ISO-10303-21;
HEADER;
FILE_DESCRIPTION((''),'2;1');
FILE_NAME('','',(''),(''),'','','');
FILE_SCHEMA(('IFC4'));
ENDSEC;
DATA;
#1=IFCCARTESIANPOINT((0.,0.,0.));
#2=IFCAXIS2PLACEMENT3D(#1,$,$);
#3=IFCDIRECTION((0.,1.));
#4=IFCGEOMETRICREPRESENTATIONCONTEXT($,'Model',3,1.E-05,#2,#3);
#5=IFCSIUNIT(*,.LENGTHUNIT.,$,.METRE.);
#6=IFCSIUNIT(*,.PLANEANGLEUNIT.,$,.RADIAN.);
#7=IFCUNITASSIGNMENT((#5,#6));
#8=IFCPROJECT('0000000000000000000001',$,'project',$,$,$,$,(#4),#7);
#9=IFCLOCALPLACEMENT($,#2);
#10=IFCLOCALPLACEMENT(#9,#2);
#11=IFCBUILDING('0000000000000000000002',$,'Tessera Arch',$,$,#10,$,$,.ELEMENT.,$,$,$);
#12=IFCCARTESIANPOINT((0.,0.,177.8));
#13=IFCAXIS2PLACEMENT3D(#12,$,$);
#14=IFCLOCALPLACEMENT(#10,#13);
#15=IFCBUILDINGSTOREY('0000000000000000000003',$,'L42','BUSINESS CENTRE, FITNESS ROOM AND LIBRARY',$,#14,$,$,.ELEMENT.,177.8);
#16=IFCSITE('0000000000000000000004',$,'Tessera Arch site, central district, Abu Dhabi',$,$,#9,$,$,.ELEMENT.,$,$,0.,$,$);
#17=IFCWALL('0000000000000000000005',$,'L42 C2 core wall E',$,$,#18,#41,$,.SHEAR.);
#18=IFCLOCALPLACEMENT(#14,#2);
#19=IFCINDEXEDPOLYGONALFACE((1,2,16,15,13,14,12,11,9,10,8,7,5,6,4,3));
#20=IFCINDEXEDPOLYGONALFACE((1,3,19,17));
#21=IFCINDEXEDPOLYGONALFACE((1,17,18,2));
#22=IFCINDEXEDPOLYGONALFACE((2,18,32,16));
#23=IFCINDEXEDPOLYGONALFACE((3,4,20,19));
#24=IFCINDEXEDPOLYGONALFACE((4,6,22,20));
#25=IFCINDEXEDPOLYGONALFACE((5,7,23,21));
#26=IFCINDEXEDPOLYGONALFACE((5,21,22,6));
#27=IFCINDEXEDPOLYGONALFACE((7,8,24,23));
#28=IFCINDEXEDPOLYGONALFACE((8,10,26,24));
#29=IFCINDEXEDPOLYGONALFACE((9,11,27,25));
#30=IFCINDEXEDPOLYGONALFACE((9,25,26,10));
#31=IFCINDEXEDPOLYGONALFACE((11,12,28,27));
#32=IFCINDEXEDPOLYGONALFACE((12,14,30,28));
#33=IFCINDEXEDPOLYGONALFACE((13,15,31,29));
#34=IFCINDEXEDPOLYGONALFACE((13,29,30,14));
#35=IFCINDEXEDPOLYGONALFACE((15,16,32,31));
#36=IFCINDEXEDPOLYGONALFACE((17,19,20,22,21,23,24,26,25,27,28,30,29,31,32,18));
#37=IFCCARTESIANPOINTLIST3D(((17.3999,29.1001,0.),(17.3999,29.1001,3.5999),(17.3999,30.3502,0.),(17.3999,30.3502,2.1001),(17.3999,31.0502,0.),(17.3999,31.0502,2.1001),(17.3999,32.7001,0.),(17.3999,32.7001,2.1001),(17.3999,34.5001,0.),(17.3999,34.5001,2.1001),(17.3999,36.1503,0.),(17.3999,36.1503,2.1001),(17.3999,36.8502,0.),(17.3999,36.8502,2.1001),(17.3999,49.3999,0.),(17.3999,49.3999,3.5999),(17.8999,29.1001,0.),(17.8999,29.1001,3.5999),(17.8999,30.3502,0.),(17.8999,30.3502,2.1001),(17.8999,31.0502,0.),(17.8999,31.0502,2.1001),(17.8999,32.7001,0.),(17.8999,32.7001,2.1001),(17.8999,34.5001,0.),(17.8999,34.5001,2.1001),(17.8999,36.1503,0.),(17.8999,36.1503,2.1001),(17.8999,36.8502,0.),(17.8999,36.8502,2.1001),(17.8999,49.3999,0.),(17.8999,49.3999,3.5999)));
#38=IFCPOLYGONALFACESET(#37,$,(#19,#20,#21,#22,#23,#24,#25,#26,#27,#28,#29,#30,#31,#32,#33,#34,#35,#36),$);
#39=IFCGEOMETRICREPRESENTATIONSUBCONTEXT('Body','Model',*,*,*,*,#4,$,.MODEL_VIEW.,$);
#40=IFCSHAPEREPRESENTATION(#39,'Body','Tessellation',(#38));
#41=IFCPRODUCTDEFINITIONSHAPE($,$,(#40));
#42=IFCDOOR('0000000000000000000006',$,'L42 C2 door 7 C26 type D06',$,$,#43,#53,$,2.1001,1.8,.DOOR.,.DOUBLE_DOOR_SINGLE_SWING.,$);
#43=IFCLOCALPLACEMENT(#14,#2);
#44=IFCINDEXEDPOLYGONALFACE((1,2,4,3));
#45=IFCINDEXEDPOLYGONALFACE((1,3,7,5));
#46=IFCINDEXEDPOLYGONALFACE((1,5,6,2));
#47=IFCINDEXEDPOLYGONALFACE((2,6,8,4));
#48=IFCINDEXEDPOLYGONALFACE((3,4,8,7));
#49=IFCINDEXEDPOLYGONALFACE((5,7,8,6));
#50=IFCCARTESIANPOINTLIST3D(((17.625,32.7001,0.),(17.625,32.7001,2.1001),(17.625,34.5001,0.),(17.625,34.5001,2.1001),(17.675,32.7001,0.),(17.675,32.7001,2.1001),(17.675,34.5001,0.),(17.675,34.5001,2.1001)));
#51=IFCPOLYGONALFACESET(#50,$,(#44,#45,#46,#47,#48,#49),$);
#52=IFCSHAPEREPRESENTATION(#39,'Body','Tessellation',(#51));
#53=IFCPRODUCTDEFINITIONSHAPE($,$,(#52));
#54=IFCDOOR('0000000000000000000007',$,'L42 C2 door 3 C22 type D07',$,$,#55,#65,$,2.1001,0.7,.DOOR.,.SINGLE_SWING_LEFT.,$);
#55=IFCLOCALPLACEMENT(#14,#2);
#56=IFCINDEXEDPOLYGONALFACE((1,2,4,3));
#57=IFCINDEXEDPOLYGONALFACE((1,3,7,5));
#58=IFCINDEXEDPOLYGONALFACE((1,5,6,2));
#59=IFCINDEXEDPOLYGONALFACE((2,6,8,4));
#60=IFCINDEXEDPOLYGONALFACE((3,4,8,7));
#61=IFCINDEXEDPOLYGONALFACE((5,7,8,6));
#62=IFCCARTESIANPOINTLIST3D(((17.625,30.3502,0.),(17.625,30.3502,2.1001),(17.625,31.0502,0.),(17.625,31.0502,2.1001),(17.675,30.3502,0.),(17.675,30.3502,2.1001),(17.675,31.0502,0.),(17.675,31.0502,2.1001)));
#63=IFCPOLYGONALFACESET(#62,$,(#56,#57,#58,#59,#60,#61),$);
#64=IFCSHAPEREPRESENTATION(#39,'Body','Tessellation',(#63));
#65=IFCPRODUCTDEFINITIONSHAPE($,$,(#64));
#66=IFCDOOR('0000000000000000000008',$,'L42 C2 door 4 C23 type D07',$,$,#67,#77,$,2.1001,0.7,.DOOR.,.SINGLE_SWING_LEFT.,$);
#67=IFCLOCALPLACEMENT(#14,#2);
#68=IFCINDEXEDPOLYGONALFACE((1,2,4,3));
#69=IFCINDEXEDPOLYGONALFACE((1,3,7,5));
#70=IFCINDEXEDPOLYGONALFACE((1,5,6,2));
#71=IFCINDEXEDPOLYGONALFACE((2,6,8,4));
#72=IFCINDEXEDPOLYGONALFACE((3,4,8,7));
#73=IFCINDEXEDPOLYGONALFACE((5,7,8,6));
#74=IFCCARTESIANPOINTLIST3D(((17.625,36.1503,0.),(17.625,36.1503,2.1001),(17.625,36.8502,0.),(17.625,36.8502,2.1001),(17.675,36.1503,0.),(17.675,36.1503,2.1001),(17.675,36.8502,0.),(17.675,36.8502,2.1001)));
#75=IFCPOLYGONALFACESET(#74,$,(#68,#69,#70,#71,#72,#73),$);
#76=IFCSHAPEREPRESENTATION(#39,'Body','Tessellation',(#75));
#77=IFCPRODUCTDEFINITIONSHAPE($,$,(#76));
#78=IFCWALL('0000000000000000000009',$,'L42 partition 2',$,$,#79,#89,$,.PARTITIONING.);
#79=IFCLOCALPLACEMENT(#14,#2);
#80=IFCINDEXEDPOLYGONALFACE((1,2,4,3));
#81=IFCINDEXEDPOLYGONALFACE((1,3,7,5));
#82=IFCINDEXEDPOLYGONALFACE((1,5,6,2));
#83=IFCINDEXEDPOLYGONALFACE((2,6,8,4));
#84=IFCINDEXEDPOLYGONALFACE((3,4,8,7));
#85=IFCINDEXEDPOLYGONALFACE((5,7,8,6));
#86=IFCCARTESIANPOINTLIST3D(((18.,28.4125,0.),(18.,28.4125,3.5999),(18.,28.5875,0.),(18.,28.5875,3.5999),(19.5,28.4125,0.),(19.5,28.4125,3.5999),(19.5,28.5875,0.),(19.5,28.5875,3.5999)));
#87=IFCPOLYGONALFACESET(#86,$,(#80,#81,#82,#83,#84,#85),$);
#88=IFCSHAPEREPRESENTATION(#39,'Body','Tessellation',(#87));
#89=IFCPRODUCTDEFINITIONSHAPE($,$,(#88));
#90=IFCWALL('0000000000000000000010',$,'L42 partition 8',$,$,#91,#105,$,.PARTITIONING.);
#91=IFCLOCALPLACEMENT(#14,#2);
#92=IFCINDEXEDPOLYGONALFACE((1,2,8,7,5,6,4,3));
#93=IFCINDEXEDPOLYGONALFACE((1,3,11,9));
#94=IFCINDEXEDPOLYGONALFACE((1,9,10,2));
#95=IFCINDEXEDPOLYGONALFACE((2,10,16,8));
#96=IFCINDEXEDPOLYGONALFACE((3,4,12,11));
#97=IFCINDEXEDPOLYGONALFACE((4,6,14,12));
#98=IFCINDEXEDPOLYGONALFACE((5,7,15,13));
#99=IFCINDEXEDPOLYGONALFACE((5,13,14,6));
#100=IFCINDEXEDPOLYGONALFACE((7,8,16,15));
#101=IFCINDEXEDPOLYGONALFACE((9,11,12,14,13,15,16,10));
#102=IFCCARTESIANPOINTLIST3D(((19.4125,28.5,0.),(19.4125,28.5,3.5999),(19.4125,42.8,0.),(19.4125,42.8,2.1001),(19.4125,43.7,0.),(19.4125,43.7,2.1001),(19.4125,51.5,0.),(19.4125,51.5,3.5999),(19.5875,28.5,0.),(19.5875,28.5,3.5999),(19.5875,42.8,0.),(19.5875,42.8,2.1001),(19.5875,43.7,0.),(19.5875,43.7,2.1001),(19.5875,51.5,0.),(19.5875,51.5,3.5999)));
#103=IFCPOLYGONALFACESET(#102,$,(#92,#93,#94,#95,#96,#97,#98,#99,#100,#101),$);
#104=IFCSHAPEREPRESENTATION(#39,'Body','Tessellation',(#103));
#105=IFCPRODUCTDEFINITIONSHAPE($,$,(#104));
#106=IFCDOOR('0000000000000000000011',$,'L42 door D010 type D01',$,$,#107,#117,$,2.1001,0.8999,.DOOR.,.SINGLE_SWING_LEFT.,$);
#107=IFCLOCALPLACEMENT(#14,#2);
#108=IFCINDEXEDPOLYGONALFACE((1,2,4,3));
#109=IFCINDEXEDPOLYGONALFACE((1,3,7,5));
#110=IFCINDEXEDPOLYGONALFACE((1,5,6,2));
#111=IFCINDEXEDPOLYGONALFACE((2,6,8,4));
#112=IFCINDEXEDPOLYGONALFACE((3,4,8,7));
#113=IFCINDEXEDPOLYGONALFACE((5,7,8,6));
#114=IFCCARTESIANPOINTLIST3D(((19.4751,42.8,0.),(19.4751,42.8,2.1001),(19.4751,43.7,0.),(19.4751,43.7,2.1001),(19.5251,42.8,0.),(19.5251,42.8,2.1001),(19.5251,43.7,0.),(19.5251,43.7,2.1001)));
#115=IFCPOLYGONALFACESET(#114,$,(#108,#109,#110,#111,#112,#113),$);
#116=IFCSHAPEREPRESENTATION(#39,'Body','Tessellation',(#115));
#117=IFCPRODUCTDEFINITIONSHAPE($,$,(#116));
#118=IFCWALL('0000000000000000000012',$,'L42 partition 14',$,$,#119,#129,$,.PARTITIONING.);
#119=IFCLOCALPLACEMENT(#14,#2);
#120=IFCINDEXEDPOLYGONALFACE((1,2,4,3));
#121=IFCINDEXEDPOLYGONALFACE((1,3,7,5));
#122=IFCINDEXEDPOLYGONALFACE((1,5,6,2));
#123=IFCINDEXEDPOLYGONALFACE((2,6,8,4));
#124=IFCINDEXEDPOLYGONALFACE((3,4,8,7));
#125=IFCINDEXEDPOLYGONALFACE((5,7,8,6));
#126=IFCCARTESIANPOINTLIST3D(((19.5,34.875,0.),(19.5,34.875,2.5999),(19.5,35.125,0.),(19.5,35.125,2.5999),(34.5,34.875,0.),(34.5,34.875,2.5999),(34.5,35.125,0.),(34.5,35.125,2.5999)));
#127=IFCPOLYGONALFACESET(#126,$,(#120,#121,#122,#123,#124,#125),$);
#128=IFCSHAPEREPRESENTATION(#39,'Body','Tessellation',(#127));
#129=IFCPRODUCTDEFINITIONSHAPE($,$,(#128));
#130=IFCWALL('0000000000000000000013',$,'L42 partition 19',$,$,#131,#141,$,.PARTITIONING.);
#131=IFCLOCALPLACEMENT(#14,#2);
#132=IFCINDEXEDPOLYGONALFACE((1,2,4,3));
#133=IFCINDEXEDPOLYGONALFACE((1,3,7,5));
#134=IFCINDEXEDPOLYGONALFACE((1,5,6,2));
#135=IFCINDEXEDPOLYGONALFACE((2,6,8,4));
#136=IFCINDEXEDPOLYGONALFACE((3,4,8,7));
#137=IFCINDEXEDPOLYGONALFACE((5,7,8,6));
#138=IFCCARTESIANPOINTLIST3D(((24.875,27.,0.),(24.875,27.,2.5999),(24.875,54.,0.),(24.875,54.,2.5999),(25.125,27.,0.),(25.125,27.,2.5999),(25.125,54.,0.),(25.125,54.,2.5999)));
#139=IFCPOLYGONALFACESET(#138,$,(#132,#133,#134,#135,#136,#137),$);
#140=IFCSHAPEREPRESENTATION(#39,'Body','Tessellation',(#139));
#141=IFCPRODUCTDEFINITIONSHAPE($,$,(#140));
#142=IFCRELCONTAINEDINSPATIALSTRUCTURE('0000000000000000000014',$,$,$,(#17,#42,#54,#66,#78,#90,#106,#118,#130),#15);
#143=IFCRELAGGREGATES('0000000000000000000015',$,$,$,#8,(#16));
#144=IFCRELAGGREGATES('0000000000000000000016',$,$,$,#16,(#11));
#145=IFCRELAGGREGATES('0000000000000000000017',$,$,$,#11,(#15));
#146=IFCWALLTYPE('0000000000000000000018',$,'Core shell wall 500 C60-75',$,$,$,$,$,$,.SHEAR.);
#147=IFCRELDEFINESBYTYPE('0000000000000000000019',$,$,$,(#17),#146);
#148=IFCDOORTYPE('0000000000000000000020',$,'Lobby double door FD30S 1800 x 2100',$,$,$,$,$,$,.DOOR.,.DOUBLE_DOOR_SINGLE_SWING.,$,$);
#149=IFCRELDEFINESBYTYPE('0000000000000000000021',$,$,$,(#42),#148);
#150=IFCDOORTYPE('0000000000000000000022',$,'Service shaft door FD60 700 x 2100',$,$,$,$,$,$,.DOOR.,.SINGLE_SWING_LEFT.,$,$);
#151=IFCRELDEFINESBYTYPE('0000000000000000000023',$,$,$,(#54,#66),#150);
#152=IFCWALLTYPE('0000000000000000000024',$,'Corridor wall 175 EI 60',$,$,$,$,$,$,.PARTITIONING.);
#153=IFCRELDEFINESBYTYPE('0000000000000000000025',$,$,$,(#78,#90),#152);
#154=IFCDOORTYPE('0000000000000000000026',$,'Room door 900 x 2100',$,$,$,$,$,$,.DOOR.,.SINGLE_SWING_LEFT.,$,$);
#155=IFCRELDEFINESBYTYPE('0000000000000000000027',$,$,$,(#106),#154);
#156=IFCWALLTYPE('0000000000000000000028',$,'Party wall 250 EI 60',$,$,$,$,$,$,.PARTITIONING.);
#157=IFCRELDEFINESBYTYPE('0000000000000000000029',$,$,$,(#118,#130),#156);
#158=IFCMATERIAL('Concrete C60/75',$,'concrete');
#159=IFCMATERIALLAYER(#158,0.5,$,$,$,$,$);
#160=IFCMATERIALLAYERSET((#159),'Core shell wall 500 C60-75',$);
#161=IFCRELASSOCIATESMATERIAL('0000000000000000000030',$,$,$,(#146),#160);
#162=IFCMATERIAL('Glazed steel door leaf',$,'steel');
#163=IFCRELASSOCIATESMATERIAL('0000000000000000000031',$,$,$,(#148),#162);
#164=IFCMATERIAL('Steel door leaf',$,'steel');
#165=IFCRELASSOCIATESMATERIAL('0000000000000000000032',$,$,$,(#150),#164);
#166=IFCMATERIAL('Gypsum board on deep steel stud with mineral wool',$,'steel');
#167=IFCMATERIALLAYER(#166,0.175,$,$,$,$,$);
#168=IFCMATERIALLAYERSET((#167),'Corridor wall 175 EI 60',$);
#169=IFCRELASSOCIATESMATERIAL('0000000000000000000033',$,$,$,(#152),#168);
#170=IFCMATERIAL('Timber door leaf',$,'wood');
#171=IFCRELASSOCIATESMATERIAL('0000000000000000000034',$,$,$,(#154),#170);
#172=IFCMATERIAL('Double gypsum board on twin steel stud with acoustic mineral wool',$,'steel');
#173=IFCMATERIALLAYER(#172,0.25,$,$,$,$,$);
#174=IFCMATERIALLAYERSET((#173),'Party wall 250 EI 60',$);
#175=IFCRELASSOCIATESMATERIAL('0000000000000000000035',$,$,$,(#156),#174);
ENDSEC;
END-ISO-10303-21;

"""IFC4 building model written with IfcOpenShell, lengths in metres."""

from ifc_helpers import new_model, si_unit, direction, frame, frame_2d, origin, place, context, subcontext, project, spatial, rectangle, extrude, material, layer, layer_set, type_object, element, fill, save


model = new_model("IFC4")

# Units and contexts
model_context = context("Model", 3, precision=1e-05, world=origin(), true_north=direction((0.0, 1.0)))
body_context = subcontext(model_context, "Body", "Model", "MODEL_VIEW")
ifc_project = project(units=[si_unit("LENGTHUNIT", "METRE"), si_unit("PLANEANGLEUNIT", "RADIAN")], contexts=[model_context])

# Site, building, storey
site_placement = place(None, origin())
site = spatial("IfcSite", under=ifc_project, at=site_placement, Name="Tessera Arch site, central district, Abu Dhabi", CompositionType="ELEMENT", RefElevation=0.0)
building_placement = place(site_placement, origin())
building = spatial("IfcBuilding", under=site, at=building_placement, Name="Tessera Arch", CompositionType="ELEMENT")
storey_placement = place(building_placement, frame((0.0, 0.0, 177.8)))
storey = spatial("IfcBuildingStorey", under=building, at=storey_placement, Name="L42", Description="BUSINESS CENTRE, FITNESS ROOM AND LIBRARY", CompositionType="ELEMENT", Elevation=177.8)

# Wall, openings, doors
ifc_material_1 = material(Name="Concrete C60/75", Category="concrete")
ifc_layer_1 = layer(ifc_material_1, 0.5)
ifc_layer_set_1 = layer_set([ifc_layer_1], Name="Core shell wall 500 C60-75")
wall_type_1 = type_object("IfcWallType", Name="Core shell wall 500 C60-75", PredefinedType="SHEAR", material=ifc_layer_set_1)
wall_1_placement = place(storey_placement, frame((17.6499, 29.1001, 0.0), z_axis=(0.0, 0.0, 1.0), x_axis=(0.0, 1.0, 0.0)))
wall_1 = element("IfcWall", 1, at=wall_1_placement, inside=storey, type_object=wall_type_1, Name="L42 C2 core wall E", PredefinedType="SHEAR", context=body_context, shape_type="SweptSolid", body=[
    extrude(rectangle(XDim=20.2998, YDim=0.5, at=frame_2d((10.1499, 0.0))), origin(), (0.0, 0.0, 1.0), 3.5999),
])
opening_1_placement = place(wall_1_placement, frame((1.25, 0.0, 0.0)))
opening_1 = element("IfcOpeningElement", 2, at=opening_1_placement, cuts=wall_1, PredefinedType="OPENING", context=body_context, shape_type="SweptSolid", body=[
    extrude(rectangle(XDim=0.7, YDim=2.1001, at=frame_2d((0.3501, 1.05))), frame((0.0, 0.26, 0.0), z_axis=(0.0, -1.0, 0.0), x_axis=(1.0, 0.0, 0.0)), (0.0, 0.0, 1.0), 0.52),
])
opening_2_placement = place(wall_1_placement, frame((7.05, 0.0, 0.0)))
opening_2 = element("IfcOpeningElement", 3, at=opening_2_placement, cuts=wall_1, PredefinedType="OPENING", context=body_context, shape_type="SweptSolid", body=[
    extrude(rectangle(XDim=0.7, YDim=2.1001, at=frame_2d((0.3501, 1.05))), frame((0.0, 0.26, 0.0), z_axis=(0.0, -1.0, 0.0), x_axis=(1.0, 0.0, 0.0)), (0.0, 0.0, 1.0), 0.52),
])
opening_3_placement = place(wall_1_placement, frame((3.6001, 0.0, 0.0)))
opening_3 = element("IfcOpeningElement", 4, at=opening_3_placement, cuts=wall_1, PredefinedType="OPENING", context=body_context, shape_type="SweptSolid", body=[
    extrude(rectangle(XDim=1.8, YDim=2.1001, at=frame_2d((0.8999, 1.05))), frame((0.0, 0.26, 0.0), z_axis=(0.0, -1.0, 0.0), x_axis=(1.0, 0.0, 0.0)), (0.0, 0.0, 1.0), 0.52),
])
ifc_material_2 = material(Name="Glazed steel door leaf", Category="steel")
door_type_1 = type_object("IfcDoorType", Name="Lobby double door FD30S 1800 x 2100", OperationType="DOUBLE_DOOR_SINGLE_SWING", PredefinedType="DOOR", material=ifc_material_2)
door_1_placement = place(opening_3_placement, origin())
door_1 = element("IfcDoor", 5, at=door_1_placement, inside=storey, type_object=door_type_1, Name="L42 C2 door 7 C26 type D06", OperationType="DOUBLE_DOOR_SINGLE_SWING", OverallHeight=2.1001, OverallWidth=1.8, PredefinedType="DOOR", context=body_context, shape_type="SweptSolid", body=[
    extrude(rectangle(XDim=1.8, YDim=2.1001, at=frame_2d((0.8999, 1.05))), frame((0.0, 0.0249, 0.0), z_axis=(0.0, -1.0, 0.0), x_axis=(1.0, 0.0, 0.0)), (0.0, 0.0, 1.0), 0.05),
])
fill(opening_3, door_1)
ifc_material_3 = material(Name="Steel door leaf", Category="steel")
door_type_2 = type_object("IfcDoorType", Name="Service shaft door FD60 700 x 2100", OperationType="SINGLE_SWING_LEFT", PredefinedType="DOOR", material=ifc_material_3)
door_2_placement = place(opening_1_placement, origin())
door_2 = element("IfcDoor", 6, at=door_2_placement, inside=storey, type_object=door_type_2, Name="L42 C2 door 3 C22 type D07", OperationType="SINGLE_SWING_LEFT", OverallHeight=2.1001, OverallWidth=0.7, PredefinedType="DOOR", context=body_context, shape_type="SweptSolid", body=[
    extrude(rectangle(XDim=0.7, YDim=2.1001, at=frame_2d((0.3501, 1.05))), frame((0.0, 0.0249, 0.0), z_axis=(0.0, -1.0, 0.0), x_axis=(1.0, 0.0, 0.0)), (0.0, 0.0, 1.0), 0.05),
])
fill(opening_1, door_2)
door_3_placement = place(opening_2_placement, origin())
door_3 = element("IfcDoor", 7, at=door_3_placement, inside=storey, type_object=door_type_2, Name="L42 C2 door 4 C23 type D07", OperationType="SINGLE_SWING_LEFT", OverallHeight=2.1001, OverallWidth=0.7, PredefinedType="DOOR", context=body_context, shape_type="SweptSolid", body=[
    extrude(rectangle(XDim=0.7, YDim=2.1001, at=frame_2d((0.3501, 1.05))), frame((0.0, 0.0249, 0.0), z_axis=(0.0, -1.0, 0.0), x_axis=(1.0, 0.0, 0.0)), (0.0, 0.0, 1.0), 0.05),
])
fill(opening_2, door_3)

# Wall
ifc_material_4 = material(Name="Gypsum board on deep steel stud with mineral wool", Category="steel")
ifc_layer_2 = layer(ifc_material_4, 0.175)
ifc_layer_set_2 = layer_set([ifc_layer_2], Name="Corridor wall 175 EI 60")
wall_type_2 = type_object("IfcWallType", Name="Corridor wall 175 EI 60", PredefinedType="PARTITIONING", material=ifc_layer_set_2)
wall_2_placement = place(storey_placement, frame((18.0, 28.5, 0.0), z_axis=(0.0, 0.0, 1.0), x_axis=(1.0, 0.0, 0.0)))
element("IfcWall", 8, at=wall_2_placement, inside=storey, type_object=wall_type_2, Name="L42 partition 2", PredefinedType="PARTITIONING", context=body_context, shape_type="SweptSolid", body=[
    extrude(rectangle(XDim=1.5, YDim=0.175, at=frame_2d((0.75, 0.0))), origin(), (0.0, 0.0, 1.0), 3.5999),
])

# Wall, opening, door
wall_3_placement = place(storey_placement, frame((19.5, 28.5, 0.0), z_axis=(0.0, 0.0, 1.0), x_axis=(0.0, 1.0, 0.0)))
wall_3 = element("IfcWall", 9, at=wall_3_placement, inside=storey, type_object=wall_type_2, Name="L42 partition 8", PredefinedType="PARTITIONING", context=body_context, shape_type="SweptSolid", body=[
    extrude(rectangle(XDim=23.0, YDim=0.175, at=frame_2d((11.5, 0.0))), origin(), (0.0, 0.0, 1.0), 3.5999),
])
opening_4_placement = place(wall_3_placement, frame((14.3, 0.0, 0.0)))
opening_4 = element("IfcOpeningElement", 10, at=opening_4_placement, cuts=wall_3, PredefinedType="OPENING", context=body_context, shape_type="SweptSolid", body=[
    extrude(rectangle(XDim=0.8999, YDim=2.1001, at=frame_2d((0.45, 1.05))), frame((0.0, 0.0974, 0.0), z_axis=(0.0, -1.0, 0.0), x_axis=(1.0, 0.0, 0.0)), (0.0, 0.0, 1.0), 0.1951),
])
ifc_material_5 = material(Name="Timber door leaf", Category="wood")
door_type_3 = type_object("IfcDoorType", Name="Room door 900 x 2100", OperationType="SINGLE_SWING_LEFT", PredefinedType="DOOR", material=ifc_material_5)
door_4_placement = place(opening_4_placement, origin())
door_4 = element("IfcDoor", 11, at=door_4_placement, inside=storey, type_object=door_type_3, Name="L42 door D010 type D01", OperationType="SINGLE_SWING_LEFT", OverallHeight=2.1001, OverallWidth=0.8999, PredefinedType="DOOR", context=body_context, shape_type="SweptSolid", body=[
    extrude(rectangle(XDim=0.8999, YDim=2.1001, at=frame_2d((0.45, 1.05))), frame((0.0, 0.0249, 0.0), z_axis=(0.0, -1.0, 0.0), x_axis=(1.0, 0.0, 0.0)), (0.0, 0.0, 1.0), 0.05),
])
fill(opening_4, door_4)

# Walls
ifc_material_6 = material(Name="Double gypsum board on twin steel stud with acoustic mineral wool", Category="steel")
ifc_layer_3 = layer(ifc_material_6, 0.25)
ifc_layer_set_3 = layer_set([ifc_layer_3], Name="Party wall 250 EI 60")
wall_type_3 = type_object("IfcWallType", Name="Party wall 250 EI 60", PredefinedType="PARTITIONING", material=ifc_layer_set_3)
wall_4_placement = place(storey_placement, frame((19.5, 35.0, 0.0), z_axis=(0.0, 0.0, 1.0), x_axis=(1.0, 0.0, 0.0)))
element("IfcWall", 12, at=wall_4_placement, inside=storey, type_object=wall_type_3, Name="L42 partition 14", PredefinedType="PARTITIONING", context=body_context, shape_type="SweptSolid", body=[
    extrude(rectangle(XDim=15.0, YDim=0.25, at=frame_2d((7.5, 0.0))), origin(), (0.0, 0.0, 1.0), 2.5999),
])
wall_5_placement = place(storey_placement, frame((25.0, 27.0, 0.0), z_axis=(0.0, 0.0, 1.0), x_axis=(0.0, 1.0, 0.0)))
element("IfcWall", 13, at=wall_5_placement, inside=storey, type_object=wall_type_3, Name="L42 partition 19", PredefinedType="PARTITIONING", context=body_context, shape_type="SweptSolid", body=[
    extrude(rectangle(XDim=27.0, YDim=0.25, at=frame_2d((13.5, 0.0))), origin(), (0.0, 0.0, 1.0), 2.5999),
])

save(model, "model.ifc")
